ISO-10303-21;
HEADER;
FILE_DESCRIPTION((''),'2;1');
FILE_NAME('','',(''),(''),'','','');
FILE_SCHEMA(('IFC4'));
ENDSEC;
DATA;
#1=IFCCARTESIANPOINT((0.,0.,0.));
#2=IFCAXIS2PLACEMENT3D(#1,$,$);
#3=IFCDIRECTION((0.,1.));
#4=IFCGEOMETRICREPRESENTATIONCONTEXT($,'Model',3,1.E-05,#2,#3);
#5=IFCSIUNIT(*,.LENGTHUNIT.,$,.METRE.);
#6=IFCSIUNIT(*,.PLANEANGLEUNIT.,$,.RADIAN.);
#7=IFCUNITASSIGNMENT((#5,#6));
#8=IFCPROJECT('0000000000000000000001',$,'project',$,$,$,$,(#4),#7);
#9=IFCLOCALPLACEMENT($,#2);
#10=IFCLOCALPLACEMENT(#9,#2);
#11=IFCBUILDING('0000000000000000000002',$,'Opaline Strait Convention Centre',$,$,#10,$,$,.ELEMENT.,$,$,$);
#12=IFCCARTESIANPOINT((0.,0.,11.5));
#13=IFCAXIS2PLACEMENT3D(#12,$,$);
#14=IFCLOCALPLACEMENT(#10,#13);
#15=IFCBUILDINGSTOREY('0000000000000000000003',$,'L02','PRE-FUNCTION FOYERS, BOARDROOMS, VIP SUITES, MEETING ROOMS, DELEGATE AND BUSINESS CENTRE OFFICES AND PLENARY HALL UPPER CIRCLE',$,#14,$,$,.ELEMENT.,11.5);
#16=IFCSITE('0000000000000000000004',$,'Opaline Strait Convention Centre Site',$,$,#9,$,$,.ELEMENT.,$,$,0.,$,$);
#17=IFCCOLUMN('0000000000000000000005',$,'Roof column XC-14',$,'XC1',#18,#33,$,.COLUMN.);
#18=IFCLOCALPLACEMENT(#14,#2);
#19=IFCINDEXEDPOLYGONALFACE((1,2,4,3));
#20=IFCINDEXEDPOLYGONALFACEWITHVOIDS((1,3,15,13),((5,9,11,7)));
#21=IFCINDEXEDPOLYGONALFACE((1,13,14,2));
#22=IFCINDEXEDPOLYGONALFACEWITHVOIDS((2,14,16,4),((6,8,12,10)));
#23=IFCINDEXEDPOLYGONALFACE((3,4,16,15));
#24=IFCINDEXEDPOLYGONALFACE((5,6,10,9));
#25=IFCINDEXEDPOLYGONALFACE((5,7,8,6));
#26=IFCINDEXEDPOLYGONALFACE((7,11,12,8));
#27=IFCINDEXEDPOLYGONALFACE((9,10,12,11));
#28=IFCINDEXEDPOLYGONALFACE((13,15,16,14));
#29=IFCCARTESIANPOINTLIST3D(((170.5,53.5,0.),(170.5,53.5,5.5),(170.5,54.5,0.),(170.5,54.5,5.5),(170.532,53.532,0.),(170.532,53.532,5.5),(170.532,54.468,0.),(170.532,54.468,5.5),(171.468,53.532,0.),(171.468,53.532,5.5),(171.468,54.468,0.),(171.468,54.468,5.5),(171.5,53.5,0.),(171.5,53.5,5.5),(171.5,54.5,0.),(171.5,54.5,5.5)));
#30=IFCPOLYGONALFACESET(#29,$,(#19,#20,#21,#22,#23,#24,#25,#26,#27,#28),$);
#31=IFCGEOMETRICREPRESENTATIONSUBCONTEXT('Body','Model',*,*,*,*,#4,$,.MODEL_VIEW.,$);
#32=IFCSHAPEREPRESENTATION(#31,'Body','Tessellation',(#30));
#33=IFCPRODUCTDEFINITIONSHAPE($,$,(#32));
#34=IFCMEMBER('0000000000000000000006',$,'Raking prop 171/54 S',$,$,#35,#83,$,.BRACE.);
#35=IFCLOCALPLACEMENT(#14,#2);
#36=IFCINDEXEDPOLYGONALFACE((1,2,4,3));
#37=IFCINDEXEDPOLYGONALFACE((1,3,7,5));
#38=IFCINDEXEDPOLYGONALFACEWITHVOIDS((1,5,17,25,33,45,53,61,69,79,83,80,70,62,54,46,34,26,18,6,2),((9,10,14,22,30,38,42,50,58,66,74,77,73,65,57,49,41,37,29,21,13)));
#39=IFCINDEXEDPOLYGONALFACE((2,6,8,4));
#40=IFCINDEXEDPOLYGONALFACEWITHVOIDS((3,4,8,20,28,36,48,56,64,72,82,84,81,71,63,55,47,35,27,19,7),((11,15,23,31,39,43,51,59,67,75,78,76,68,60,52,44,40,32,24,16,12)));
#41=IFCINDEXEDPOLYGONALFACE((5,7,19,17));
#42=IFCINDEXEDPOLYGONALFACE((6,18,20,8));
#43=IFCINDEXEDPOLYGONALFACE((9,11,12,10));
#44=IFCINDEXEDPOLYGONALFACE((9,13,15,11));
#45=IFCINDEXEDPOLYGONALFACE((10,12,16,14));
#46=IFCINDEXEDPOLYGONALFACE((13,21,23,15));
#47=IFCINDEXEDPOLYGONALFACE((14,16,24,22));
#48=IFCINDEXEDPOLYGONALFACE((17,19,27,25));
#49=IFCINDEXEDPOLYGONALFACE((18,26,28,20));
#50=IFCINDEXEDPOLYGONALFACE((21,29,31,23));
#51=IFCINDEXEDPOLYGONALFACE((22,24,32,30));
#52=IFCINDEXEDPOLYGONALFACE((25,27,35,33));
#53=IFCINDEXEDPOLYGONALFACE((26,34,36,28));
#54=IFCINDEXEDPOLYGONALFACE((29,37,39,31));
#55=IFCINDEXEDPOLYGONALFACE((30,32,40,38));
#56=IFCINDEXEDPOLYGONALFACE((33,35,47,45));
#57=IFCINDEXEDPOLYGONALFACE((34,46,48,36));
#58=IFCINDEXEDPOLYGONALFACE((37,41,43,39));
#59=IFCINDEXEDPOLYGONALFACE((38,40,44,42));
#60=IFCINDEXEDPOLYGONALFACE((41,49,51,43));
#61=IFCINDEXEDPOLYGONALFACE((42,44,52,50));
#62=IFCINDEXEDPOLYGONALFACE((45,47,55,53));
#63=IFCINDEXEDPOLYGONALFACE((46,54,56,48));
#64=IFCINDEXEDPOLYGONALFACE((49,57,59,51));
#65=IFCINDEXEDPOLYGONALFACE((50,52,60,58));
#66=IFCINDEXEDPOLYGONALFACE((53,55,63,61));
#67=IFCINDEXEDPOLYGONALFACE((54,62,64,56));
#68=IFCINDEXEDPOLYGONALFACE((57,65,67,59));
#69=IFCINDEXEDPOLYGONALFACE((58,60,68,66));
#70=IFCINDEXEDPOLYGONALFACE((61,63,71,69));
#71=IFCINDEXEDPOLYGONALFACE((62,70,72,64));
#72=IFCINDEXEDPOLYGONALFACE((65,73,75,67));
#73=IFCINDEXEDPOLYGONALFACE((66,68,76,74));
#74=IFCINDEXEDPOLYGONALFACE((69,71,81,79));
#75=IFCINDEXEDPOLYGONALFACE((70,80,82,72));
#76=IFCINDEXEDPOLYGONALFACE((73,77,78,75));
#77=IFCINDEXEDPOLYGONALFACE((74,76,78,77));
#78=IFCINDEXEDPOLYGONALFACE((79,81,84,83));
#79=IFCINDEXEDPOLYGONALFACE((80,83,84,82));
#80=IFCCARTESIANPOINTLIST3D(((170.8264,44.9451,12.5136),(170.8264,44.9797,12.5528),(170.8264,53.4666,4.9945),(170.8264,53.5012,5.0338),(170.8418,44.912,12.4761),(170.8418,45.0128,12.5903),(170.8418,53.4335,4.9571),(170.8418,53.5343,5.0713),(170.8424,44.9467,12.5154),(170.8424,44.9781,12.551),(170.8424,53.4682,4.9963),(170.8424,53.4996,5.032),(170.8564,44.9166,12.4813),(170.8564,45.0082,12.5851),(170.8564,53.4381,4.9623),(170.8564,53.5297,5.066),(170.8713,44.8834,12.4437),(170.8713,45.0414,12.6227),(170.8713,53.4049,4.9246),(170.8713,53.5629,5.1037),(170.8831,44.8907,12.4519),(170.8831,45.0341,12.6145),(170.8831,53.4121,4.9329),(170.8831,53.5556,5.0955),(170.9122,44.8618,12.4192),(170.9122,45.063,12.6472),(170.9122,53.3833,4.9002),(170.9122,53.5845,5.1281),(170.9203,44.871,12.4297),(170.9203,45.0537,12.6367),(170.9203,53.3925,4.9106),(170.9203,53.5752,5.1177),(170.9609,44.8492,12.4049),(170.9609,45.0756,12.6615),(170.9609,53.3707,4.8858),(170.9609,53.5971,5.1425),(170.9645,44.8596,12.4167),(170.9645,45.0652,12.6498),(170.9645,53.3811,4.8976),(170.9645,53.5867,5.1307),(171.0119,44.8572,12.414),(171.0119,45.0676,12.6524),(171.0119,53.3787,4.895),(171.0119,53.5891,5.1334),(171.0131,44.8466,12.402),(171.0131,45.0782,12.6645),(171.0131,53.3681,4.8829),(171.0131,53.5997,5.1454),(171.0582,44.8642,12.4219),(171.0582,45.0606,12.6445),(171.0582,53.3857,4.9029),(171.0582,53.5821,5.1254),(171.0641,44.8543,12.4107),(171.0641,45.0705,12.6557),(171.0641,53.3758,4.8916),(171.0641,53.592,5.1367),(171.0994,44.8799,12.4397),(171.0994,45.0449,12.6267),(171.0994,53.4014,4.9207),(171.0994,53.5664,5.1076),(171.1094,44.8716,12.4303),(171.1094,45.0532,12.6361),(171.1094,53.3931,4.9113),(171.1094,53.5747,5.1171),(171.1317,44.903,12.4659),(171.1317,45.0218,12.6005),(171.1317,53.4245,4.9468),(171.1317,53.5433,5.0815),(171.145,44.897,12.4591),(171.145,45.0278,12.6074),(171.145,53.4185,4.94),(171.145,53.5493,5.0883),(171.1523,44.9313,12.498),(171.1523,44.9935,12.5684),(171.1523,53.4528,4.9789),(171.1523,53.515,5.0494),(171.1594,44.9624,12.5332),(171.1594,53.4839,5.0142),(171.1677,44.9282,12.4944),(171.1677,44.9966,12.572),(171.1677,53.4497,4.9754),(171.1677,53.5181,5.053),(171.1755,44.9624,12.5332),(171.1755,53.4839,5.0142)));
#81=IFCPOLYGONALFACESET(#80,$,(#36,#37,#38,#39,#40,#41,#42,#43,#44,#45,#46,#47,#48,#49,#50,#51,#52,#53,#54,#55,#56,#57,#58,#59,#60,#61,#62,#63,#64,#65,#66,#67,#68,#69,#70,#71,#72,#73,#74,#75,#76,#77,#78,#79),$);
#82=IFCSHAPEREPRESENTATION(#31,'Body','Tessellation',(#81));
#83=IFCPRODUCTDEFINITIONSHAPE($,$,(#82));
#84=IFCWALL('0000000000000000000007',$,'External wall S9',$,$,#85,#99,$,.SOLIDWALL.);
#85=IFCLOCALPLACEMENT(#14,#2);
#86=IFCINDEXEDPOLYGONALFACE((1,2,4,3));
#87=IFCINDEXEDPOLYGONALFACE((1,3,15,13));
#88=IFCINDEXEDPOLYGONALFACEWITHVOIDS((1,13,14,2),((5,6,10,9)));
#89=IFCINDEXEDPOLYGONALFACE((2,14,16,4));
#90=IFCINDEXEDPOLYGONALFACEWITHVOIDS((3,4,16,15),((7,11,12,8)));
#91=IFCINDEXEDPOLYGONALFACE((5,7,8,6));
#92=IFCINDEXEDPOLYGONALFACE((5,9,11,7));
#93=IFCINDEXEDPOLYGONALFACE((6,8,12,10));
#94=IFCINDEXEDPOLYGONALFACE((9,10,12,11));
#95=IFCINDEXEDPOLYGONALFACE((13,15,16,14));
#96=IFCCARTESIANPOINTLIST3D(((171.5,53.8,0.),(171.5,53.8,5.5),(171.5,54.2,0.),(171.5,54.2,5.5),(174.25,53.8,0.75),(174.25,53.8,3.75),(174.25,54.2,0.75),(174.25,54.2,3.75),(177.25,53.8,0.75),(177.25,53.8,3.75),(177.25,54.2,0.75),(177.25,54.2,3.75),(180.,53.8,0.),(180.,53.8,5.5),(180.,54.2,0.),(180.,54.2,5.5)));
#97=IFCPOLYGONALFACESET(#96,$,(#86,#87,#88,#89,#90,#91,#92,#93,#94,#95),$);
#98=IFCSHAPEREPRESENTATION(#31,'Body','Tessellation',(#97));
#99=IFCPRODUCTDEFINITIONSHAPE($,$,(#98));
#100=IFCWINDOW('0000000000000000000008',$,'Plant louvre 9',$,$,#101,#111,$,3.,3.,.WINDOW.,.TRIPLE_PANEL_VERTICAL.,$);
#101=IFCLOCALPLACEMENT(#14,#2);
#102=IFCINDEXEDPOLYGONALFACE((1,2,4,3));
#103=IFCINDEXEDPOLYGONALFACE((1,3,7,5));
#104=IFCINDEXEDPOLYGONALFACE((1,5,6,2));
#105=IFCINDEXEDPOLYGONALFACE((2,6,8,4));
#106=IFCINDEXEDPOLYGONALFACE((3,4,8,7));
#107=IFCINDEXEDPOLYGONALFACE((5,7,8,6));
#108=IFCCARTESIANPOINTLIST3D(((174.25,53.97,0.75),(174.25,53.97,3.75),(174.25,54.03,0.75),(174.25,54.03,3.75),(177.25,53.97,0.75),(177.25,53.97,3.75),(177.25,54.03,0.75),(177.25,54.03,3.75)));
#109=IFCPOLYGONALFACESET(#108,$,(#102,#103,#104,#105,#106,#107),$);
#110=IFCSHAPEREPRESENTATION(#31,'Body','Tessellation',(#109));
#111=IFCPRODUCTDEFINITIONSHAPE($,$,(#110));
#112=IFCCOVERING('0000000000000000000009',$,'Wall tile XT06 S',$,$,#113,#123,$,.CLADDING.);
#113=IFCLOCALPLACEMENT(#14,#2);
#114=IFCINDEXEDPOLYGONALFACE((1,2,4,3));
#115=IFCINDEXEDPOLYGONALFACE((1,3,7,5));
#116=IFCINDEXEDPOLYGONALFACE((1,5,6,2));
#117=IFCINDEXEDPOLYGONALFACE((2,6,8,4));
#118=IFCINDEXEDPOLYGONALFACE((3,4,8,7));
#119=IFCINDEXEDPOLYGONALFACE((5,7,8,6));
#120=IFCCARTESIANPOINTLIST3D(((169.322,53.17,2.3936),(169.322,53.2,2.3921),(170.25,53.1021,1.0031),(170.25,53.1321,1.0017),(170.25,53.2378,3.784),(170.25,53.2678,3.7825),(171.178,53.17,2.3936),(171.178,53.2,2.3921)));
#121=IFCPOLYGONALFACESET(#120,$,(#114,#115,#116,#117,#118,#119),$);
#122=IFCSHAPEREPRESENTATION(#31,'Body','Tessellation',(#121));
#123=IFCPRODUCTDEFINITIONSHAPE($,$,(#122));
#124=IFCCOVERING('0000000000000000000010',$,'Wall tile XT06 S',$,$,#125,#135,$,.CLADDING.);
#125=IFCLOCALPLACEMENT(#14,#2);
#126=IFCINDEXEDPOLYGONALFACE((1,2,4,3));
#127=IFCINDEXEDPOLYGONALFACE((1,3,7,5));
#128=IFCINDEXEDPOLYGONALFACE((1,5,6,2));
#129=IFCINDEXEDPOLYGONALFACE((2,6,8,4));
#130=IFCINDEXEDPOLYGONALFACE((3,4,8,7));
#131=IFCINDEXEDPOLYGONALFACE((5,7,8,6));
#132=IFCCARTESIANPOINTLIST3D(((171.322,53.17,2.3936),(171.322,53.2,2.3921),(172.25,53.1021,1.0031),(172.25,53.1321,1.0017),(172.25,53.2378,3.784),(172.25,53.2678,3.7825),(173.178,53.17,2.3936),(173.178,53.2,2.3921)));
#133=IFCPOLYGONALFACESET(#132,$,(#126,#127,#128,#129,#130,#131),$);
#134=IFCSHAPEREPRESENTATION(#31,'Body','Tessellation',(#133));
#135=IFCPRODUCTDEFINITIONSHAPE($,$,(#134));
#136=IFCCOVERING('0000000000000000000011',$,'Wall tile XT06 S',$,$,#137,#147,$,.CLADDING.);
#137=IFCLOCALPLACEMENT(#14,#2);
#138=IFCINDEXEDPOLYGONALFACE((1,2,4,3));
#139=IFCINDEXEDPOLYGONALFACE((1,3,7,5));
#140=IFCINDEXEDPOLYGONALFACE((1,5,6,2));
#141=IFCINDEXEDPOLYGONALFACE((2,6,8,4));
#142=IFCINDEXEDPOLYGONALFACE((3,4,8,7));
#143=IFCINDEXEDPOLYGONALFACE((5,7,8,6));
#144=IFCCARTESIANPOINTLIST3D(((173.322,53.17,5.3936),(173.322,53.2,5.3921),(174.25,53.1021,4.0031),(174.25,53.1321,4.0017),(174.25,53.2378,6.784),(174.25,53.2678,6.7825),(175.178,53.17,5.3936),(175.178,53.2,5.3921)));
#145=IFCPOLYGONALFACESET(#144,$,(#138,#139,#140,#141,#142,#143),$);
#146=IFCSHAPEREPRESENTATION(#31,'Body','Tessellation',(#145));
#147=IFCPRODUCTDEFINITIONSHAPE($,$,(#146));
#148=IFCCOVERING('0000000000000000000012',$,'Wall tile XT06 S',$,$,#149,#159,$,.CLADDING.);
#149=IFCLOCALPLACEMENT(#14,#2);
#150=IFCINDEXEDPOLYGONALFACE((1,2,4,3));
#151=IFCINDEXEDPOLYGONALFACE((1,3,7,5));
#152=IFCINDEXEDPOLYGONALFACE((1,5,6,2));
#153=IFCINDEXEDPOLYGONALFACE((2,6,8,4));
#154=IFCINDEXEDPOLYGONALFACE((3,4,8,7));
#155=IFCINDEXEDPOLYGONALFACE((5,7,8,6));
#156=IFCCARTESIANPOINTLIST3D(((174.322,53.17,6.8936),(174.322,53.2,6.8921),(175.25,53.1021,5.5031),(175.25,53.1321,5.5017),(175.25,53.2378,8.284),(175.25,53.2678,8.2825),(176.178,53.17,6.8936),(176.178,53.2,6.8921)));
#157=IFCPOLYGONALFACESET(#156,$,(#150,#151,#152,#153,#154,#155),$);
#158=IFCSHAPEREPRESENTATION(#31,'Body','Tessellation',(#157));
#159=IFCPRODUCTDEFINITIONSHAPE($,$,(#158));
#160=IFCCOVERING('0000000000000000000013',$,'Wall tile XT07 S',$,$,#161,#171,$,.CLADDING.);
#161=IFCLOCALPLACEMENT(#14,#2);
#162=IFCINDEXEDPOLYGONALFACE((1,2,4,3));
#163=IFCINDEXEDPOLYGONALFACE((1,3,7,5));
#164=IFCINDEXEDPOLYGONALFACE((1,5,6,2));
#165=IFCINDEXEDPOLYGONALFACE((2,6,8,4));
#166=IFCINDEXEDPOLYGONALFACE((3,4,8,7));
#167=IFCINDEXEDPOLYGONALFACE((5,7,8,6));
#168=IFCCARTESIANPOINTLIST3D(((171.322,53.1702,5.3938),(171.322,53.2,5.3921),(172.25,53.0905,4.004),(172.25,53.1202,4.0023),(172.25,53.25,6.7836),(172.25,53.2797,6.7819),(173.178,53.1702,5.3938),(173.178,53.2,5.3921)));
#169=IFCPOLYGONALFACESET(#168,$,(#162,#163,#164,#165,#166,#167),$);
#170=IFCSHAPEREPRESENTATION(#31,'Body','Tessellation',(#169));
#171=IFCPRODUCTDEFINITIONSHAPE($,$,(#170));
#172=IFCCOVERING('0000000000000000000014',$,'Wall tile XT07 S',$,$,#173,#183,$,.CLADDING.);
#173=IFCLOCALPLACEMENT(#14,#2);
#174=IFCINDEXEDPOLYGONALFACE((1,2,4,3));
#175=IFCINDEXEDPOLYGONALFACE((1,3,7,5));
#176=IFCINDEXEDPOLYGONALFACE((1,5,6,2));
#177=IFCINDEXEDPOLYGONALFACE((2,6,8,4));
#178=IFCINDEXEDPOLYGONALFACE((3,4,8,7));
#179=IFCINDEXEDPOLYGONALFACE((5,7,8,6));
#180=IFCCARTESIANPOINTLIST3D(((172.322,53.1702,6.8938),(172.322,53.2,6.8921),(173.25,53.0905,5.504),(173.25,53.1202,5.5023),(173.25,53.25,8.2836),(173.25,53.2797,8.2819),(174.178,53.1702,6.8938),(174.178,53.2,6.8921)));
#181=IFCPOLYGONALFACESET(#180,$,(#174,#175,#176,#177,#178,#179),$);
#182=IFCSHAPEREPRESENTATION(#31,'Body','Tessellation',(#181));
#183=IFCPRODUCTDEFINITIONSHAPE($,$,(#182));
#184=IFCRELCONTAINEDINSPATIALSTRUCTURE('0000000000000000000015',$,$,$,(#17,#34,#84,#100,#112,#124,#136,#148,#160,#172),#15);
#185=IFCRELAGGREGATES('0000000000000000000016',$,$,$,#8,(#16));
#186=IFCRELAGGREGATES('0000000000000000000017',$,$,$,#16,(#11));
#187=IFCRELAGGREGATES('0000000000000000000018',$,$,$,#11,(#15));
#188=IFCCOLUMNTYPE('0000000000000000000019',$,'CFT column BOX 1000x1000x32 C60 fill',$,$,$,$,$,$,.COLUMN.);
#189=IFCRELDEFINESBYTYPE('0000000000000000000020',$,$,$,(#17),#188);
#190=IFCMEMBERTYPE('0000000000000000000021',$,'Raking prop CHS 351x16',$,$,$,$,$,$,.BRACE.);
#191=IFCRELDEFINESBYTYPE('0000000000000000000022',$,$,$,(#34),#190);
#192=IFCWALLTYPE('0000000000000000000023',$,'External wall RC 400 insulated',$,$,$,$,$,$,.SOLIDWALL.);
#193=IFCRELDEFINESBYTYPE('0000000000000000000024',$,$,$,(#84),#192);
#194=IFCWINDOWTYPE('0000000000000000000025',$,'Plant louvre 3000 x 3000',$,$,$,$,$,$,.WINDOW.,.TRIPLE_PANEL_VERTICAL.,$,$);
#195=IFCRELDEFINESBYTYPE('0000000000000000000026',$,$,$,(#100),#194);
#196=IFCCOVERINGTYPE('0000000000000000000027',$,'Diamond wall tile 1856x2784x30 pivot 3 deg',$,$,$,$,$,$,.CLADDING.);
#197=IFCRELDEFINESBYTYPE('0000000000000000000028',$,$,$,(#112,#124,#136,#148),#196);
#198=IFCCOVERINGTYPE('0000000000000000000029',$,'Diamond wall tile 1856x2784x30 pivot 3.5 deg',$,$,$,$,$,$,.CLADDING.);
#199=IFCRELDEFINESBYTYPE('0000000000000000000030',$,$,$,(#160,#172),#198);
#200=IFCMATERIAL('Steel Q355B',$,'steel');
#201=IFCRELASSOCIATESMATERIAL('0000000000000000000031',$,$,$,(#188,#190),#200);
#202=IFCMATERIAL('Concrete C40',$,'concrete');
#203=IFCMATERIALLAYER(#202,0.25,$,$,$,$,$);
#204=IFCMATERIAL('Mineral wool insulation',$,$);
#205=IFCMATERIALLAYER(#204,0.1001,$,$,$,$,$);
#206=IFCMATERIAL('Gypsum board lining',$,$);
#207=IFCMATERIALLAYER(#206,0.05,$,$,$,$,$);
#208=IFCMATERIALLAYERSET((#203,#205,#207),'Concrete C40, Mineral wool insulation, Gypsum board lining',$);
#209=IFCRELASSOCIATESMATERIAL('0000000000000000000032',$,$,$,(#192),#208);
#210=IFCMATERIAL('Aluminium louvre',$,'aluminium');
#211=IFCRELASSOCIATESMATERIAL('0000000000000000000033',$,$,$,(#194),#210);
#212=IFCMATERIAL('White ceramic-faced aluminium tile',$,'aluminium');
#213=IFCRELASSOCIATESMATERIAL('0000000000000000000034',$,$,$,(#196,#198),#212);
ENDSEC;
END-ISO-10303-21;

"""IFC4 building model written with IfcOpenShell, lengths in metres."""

from ifc_helpers import new_model, si_unit, direction, frame, frame_2d, origin, origin_2d, place, context, subcontext, project, spatial, polyline, rectangle, hollow_rectangle, hollow_circle, outline, extrude, material, layer, layer_set, material_profile, profile_set, type_object, element, fill, save


model = new_model("IFC4")

# Units and contexts
model_context = context("Model", 3, precision=1e-05, world=origin(), true_north=direction((0.0, 1.0)))
body_context = subcontext(model_context, "Body", "Model", "MODEL_VIEW")
ifc_project = project(units=[si_unit("LENGTHUNIT", "METRE"), si_unit("PLANEANGLEUNIT", "RADIAN")], contexts=[model_context])

# Site, building, storey
site_placement = place(None, origin())
site = spatial("IfcSite", under=ifc_project, at=site_placement, Name="Opaline Strait Convention Centre Site", CompositionType="ELEMENT", RefElevation=0.0)
building_placement = place(site_placement, origin())
building = spatial("IfcBuilding", under=site, at=building_placement, Name="Opaline Strait Convention Centre", CompositionType="ELEMENT")
storey_placement = place(building_placement, frame((0.0, 0.0, 11.5)))
storey = spatial("IfcBuildingStorey", under=building, at=storey_placement, Name="L02", Description="PRE-FUNCTION FOYERS, BOARDROOMS, VIP SUITES, MEETING ROOMS, DELEGATE AND BUSINESS CENTRE OFFICES AND PLENARY HALL UPPER CIRCLE", CompositionType="ELEMENT", Elevation=11.5)

# Column
ifc_material_1 = material(Name="Steel Q355B", Category="steel")
ifc_material_profile_1 = material_profile(ifc_material_1, hollow_rectangle(XDim=1.0, YDim=1.0, WallThickness=0.032, at=origin_2d()), Name="BOX 1000x1000x32")
ifc_profile_set_1 = profile_set([ifc_material_profile_1], Name="Steel Q355B")
column_type = type_object("IfcColumnType", Name="CFT column BOX 1000x1000x32 C60 fill", PredefinedType="COLUMN", material=ifc_profile_set_1)
column_placement = place(storey_placement, frame((171.0, 54.0, 0.0), z_axis=(0.0, 0.0, 1.0), x_axis=(1.0, 0.0, 0.0)))
element("IfcColumn", 1, at=column_placement, inside=storey, type_object=column_type, Name="Roof column XC-14", ObjectType="XC1", PredefinedType="COLUMN", context=body_context, shape_type="SweptSolid", body=[
    extrude(hollow_rectangle(XDim=1.0, YDim=1.0, WallThickness=0.032, at=origin_2d()), origin(), (0.0, 0.0, 1.0), 5.5),
])

# Member
ifc_material_profile_2 = material_profile(ifc_material_1, hollow_circle(Radius=0.1755, WallThickness=0.0161, at=origin_2d()), Name="CHS 351x16")
ifc_profile_set_2 = profile_set([ifc_material_profile_2], Name="Steel Q355B")
member_type = type_object("IfcMemberType", Name="Raking prop CHS 351x16", PredefinedType="BRACE", material=ifc_profile_set_2)
member_placement = place(storey_placement, frame((171.0, 53.4839, 5.0142), z_axis=(0.0, -0.749834, 0.661626), x_axis=(1.0, 0.0, 0.0)))
element("IfcMember", 2, at=member_placement, inside=storey, type_object=member_type, Name="Raking prop 171/54 S", PredefinedType="BRACE", context=body_context, shape_type="SweptSolid", body=[
    extrude(hollow_circle(Radius=0.1755, WallThickness=0.0161, at=origin_2d()), origin(), (0.0, 0.0, 1.0), 11.3645),
])

# Wall, opening, window
ifc_material_2 = material(Name="Concrete C40", Category="concrete")
ifc_layer_1 = layer(ifc_material_2, 0.25)
ifc_material_3 = material(Name="Mineral wool insulation")
ifc_layer_2 = layer(ifc_material_3, 0.1001)
ifc_material_4 = material(Name="Gypsum board lining")
ifc_layer_3 = layer(ifc_material_4, 0.05)
ifc_layer_set = layer_set([ifc_layer_1, ifc_layer_2, ifc_layer_3], Name="Concrete C40, Mineral wool insulation, Gypsum board lining")
wall_type = type_object("IfcWallType", Name="External wall RC 400 insulated", PredefinedType="SOLIDWALL", material=ifc_layer_set)
wall_placement = place(storey_placement, frame((171.5, 54.0, 0.0), z_axis=(0.0, 0.0, 1.0), x_axis=(1.0, 0.0, 0.0)))
wall = element("IfcWall", 3, at=wall_placement, inside=storey, type_object=wall_type, Name="External wall S9", PredefinedType="SOLIDWALL", context=body_context, shape_type="SweptSolid", body=[
    extrude(rectangle(XDim=8.5, YDim=0.3999, at=frame_2d((4.25, 0.0))), origin(), (0.0, 0.0, 1.0), 5.5),
])
opening_placement = place(wall_placement, frame((2.75, 0.0, 0.75)))
opening = element("IfcOpeningElement", 4, at=opening_placement, cuts=wall, PredefinedType="OPENING", context=body_context, shape_type="SweptSolid", body=[
    extrude(rectangle(XDim=3.0, YDim=3.0, at=frame_2d((1.5, 1.5))), frame((0.0, 0.21, 0.0), z_axis=(0.0, -1.0, 0.0), x_axis=(1.0, 0.0, 0.0)), (0.0, 0.0, 1.0), 0.4199),
])
ifc_material_5 = material(Name="Aluminium louvre", Category="aluminium")
window_type = type_object("IfcWindowType", Name="Plant louvre 3000 x 3000", PartitioningType="TRIPLE_PANEL_VERTICAL", PredefinedType="WINDOW", material=ifc_material_5)
window_placement = place(opening_placement, origin())
window = element("IfcWindow", 5, at=window_placement, inside=storey, type_object=window_type, Name="Plant louvre 9", OverallHeight=3.0, OverallWidth=3.0, PartitioningType="TRIPLE_PANEL_VERTICAL", PredefinedType="WINDOW", context=body_context, shape_type="SweptSolid", body=[
    extrude(rectangle(XDim=3.0, YDim=3.0, at=frame_2d((1.5, 1.5))), frame((0.0, 0.03, 0.0), z_axis=(0.0, -1.0, 0.0), x_axis=(1.0, 0.0, 0.0)), (0.0, 0.0, 1.0), 0.0601),
])
fill(opening, window)

# Coverings
ifc_material_6 = material(Name="White ceramic-faced aluminium tile", Category="aluminium")
ifc_material_profile_3 = material_profile(ifc_material_6, outline(polyline([(0.928, 0.0), (0.0, 1.3921), (-0.928, 0.0), (0.0, -1.3921), (0.928, 0.0)])), Name="Diamond tile 1856x2784")
ifc_profile_set_3 = profile_set([ifc_material_profile_3], Name="White ceramic-faced aluminium tile")
covering_type_1 = type_object("IfcCoveringType", Name="Diamond wall tile 1856x2784x30 pivot 3 deg", PredefinedType="CLADDING", material=ifc_profile_set_3)
for number, where, z_axis, x_axis, name in (
    (6, (170.25, 53.2, 2.3921), (0.0, -0.998812, 0.048723), (1.0, 0.0, 0.0), "Wall tile XT06 S"),
    (7, (172.25, 53.2, 2.3921), (0.0, -0.998812, 0.048723), (1.0, 0.0, 0.0), "Wall tile XT06 S"),
    (8, (174.25, 53.2, 5.3921), (0.0, -0.998812, 0.048723), (1.0, 0.0, 0.0), "Wall tile XT06 S"),
    (9, (175.25, 53.2, 6.8921), (0.0, -0.998812, 0.048723), (1.0, 0.0, 0.0), "Wall tile XT06 S"),
):
    element("IfcCovering", number, at=place(storey_placement, frame(where, z_axis=z_axis, x_axis=x_axis)), inside=storey, type_object=covering_type_1, Name=name, PredefinedType="CLADDING", context=body_context, shape_type="SweptSolid", body=[
        extrude(outline(polyline([(0.928, 0.0), (0.0, 1.3921), (-0.928, 0.0), (0.0, -1.3921), (0.928, 0.0)])), origin(), (0.0, 0.0, 1.0), 0.03),
    ])
ifc_material_profile_4 = material_profile(ifc_material_6, outline(polyline([(0.928, 0.0), (0.0, 1.3921), (-0.928, 0.0), (0.0, -1.3921), (0.928, 0.0)])), Name="Diamond tile 1856x2784")
ifc_profile_set_4 = profile_set([ifc_material_profile_4], Name="White ceramic-faced aluminium tile")
covering_type_2 = type_object("IfcCoveringType", Name="Diamond wall tile 1856x2784x30 pivot 3.5 deg", PredefinedType="CLADDING", material=ifc_profile_set_4)
for number, where, z_axis, x_axis, name in (
    (10, (172.25, 53.2, 5.3921), (0.0, -0.998358, 0.057283), (1.0, 0.0, 0.0), "Wall tile XT07 S"),
    (11, (173.25, 53.2, 6.8921), (0.0, -0.998358, 0.057283), (1.0, 0.0, 0.0), "Wall tile XT07 S"),
):
    element("IfcCovering", number, at=place(storey_placement, frame(where, z_axis=z_axis, x_axis=x_axis)), inside=storey, type_object=covering_type_2, Name=name, PredefinedType="CLADDING", context=body_context, shape_type="SweptSolid", body=[
        extrude(outline(polyline([(0.928, 0.0), (0.0, 1.3921), (-0.928, 0.0), (0.0, -1.3921), (0.928, 0.0)])), origin(), (0.0, 0.0, 1.0), 0.0298),
    ])

save(model, "model.ifc")
